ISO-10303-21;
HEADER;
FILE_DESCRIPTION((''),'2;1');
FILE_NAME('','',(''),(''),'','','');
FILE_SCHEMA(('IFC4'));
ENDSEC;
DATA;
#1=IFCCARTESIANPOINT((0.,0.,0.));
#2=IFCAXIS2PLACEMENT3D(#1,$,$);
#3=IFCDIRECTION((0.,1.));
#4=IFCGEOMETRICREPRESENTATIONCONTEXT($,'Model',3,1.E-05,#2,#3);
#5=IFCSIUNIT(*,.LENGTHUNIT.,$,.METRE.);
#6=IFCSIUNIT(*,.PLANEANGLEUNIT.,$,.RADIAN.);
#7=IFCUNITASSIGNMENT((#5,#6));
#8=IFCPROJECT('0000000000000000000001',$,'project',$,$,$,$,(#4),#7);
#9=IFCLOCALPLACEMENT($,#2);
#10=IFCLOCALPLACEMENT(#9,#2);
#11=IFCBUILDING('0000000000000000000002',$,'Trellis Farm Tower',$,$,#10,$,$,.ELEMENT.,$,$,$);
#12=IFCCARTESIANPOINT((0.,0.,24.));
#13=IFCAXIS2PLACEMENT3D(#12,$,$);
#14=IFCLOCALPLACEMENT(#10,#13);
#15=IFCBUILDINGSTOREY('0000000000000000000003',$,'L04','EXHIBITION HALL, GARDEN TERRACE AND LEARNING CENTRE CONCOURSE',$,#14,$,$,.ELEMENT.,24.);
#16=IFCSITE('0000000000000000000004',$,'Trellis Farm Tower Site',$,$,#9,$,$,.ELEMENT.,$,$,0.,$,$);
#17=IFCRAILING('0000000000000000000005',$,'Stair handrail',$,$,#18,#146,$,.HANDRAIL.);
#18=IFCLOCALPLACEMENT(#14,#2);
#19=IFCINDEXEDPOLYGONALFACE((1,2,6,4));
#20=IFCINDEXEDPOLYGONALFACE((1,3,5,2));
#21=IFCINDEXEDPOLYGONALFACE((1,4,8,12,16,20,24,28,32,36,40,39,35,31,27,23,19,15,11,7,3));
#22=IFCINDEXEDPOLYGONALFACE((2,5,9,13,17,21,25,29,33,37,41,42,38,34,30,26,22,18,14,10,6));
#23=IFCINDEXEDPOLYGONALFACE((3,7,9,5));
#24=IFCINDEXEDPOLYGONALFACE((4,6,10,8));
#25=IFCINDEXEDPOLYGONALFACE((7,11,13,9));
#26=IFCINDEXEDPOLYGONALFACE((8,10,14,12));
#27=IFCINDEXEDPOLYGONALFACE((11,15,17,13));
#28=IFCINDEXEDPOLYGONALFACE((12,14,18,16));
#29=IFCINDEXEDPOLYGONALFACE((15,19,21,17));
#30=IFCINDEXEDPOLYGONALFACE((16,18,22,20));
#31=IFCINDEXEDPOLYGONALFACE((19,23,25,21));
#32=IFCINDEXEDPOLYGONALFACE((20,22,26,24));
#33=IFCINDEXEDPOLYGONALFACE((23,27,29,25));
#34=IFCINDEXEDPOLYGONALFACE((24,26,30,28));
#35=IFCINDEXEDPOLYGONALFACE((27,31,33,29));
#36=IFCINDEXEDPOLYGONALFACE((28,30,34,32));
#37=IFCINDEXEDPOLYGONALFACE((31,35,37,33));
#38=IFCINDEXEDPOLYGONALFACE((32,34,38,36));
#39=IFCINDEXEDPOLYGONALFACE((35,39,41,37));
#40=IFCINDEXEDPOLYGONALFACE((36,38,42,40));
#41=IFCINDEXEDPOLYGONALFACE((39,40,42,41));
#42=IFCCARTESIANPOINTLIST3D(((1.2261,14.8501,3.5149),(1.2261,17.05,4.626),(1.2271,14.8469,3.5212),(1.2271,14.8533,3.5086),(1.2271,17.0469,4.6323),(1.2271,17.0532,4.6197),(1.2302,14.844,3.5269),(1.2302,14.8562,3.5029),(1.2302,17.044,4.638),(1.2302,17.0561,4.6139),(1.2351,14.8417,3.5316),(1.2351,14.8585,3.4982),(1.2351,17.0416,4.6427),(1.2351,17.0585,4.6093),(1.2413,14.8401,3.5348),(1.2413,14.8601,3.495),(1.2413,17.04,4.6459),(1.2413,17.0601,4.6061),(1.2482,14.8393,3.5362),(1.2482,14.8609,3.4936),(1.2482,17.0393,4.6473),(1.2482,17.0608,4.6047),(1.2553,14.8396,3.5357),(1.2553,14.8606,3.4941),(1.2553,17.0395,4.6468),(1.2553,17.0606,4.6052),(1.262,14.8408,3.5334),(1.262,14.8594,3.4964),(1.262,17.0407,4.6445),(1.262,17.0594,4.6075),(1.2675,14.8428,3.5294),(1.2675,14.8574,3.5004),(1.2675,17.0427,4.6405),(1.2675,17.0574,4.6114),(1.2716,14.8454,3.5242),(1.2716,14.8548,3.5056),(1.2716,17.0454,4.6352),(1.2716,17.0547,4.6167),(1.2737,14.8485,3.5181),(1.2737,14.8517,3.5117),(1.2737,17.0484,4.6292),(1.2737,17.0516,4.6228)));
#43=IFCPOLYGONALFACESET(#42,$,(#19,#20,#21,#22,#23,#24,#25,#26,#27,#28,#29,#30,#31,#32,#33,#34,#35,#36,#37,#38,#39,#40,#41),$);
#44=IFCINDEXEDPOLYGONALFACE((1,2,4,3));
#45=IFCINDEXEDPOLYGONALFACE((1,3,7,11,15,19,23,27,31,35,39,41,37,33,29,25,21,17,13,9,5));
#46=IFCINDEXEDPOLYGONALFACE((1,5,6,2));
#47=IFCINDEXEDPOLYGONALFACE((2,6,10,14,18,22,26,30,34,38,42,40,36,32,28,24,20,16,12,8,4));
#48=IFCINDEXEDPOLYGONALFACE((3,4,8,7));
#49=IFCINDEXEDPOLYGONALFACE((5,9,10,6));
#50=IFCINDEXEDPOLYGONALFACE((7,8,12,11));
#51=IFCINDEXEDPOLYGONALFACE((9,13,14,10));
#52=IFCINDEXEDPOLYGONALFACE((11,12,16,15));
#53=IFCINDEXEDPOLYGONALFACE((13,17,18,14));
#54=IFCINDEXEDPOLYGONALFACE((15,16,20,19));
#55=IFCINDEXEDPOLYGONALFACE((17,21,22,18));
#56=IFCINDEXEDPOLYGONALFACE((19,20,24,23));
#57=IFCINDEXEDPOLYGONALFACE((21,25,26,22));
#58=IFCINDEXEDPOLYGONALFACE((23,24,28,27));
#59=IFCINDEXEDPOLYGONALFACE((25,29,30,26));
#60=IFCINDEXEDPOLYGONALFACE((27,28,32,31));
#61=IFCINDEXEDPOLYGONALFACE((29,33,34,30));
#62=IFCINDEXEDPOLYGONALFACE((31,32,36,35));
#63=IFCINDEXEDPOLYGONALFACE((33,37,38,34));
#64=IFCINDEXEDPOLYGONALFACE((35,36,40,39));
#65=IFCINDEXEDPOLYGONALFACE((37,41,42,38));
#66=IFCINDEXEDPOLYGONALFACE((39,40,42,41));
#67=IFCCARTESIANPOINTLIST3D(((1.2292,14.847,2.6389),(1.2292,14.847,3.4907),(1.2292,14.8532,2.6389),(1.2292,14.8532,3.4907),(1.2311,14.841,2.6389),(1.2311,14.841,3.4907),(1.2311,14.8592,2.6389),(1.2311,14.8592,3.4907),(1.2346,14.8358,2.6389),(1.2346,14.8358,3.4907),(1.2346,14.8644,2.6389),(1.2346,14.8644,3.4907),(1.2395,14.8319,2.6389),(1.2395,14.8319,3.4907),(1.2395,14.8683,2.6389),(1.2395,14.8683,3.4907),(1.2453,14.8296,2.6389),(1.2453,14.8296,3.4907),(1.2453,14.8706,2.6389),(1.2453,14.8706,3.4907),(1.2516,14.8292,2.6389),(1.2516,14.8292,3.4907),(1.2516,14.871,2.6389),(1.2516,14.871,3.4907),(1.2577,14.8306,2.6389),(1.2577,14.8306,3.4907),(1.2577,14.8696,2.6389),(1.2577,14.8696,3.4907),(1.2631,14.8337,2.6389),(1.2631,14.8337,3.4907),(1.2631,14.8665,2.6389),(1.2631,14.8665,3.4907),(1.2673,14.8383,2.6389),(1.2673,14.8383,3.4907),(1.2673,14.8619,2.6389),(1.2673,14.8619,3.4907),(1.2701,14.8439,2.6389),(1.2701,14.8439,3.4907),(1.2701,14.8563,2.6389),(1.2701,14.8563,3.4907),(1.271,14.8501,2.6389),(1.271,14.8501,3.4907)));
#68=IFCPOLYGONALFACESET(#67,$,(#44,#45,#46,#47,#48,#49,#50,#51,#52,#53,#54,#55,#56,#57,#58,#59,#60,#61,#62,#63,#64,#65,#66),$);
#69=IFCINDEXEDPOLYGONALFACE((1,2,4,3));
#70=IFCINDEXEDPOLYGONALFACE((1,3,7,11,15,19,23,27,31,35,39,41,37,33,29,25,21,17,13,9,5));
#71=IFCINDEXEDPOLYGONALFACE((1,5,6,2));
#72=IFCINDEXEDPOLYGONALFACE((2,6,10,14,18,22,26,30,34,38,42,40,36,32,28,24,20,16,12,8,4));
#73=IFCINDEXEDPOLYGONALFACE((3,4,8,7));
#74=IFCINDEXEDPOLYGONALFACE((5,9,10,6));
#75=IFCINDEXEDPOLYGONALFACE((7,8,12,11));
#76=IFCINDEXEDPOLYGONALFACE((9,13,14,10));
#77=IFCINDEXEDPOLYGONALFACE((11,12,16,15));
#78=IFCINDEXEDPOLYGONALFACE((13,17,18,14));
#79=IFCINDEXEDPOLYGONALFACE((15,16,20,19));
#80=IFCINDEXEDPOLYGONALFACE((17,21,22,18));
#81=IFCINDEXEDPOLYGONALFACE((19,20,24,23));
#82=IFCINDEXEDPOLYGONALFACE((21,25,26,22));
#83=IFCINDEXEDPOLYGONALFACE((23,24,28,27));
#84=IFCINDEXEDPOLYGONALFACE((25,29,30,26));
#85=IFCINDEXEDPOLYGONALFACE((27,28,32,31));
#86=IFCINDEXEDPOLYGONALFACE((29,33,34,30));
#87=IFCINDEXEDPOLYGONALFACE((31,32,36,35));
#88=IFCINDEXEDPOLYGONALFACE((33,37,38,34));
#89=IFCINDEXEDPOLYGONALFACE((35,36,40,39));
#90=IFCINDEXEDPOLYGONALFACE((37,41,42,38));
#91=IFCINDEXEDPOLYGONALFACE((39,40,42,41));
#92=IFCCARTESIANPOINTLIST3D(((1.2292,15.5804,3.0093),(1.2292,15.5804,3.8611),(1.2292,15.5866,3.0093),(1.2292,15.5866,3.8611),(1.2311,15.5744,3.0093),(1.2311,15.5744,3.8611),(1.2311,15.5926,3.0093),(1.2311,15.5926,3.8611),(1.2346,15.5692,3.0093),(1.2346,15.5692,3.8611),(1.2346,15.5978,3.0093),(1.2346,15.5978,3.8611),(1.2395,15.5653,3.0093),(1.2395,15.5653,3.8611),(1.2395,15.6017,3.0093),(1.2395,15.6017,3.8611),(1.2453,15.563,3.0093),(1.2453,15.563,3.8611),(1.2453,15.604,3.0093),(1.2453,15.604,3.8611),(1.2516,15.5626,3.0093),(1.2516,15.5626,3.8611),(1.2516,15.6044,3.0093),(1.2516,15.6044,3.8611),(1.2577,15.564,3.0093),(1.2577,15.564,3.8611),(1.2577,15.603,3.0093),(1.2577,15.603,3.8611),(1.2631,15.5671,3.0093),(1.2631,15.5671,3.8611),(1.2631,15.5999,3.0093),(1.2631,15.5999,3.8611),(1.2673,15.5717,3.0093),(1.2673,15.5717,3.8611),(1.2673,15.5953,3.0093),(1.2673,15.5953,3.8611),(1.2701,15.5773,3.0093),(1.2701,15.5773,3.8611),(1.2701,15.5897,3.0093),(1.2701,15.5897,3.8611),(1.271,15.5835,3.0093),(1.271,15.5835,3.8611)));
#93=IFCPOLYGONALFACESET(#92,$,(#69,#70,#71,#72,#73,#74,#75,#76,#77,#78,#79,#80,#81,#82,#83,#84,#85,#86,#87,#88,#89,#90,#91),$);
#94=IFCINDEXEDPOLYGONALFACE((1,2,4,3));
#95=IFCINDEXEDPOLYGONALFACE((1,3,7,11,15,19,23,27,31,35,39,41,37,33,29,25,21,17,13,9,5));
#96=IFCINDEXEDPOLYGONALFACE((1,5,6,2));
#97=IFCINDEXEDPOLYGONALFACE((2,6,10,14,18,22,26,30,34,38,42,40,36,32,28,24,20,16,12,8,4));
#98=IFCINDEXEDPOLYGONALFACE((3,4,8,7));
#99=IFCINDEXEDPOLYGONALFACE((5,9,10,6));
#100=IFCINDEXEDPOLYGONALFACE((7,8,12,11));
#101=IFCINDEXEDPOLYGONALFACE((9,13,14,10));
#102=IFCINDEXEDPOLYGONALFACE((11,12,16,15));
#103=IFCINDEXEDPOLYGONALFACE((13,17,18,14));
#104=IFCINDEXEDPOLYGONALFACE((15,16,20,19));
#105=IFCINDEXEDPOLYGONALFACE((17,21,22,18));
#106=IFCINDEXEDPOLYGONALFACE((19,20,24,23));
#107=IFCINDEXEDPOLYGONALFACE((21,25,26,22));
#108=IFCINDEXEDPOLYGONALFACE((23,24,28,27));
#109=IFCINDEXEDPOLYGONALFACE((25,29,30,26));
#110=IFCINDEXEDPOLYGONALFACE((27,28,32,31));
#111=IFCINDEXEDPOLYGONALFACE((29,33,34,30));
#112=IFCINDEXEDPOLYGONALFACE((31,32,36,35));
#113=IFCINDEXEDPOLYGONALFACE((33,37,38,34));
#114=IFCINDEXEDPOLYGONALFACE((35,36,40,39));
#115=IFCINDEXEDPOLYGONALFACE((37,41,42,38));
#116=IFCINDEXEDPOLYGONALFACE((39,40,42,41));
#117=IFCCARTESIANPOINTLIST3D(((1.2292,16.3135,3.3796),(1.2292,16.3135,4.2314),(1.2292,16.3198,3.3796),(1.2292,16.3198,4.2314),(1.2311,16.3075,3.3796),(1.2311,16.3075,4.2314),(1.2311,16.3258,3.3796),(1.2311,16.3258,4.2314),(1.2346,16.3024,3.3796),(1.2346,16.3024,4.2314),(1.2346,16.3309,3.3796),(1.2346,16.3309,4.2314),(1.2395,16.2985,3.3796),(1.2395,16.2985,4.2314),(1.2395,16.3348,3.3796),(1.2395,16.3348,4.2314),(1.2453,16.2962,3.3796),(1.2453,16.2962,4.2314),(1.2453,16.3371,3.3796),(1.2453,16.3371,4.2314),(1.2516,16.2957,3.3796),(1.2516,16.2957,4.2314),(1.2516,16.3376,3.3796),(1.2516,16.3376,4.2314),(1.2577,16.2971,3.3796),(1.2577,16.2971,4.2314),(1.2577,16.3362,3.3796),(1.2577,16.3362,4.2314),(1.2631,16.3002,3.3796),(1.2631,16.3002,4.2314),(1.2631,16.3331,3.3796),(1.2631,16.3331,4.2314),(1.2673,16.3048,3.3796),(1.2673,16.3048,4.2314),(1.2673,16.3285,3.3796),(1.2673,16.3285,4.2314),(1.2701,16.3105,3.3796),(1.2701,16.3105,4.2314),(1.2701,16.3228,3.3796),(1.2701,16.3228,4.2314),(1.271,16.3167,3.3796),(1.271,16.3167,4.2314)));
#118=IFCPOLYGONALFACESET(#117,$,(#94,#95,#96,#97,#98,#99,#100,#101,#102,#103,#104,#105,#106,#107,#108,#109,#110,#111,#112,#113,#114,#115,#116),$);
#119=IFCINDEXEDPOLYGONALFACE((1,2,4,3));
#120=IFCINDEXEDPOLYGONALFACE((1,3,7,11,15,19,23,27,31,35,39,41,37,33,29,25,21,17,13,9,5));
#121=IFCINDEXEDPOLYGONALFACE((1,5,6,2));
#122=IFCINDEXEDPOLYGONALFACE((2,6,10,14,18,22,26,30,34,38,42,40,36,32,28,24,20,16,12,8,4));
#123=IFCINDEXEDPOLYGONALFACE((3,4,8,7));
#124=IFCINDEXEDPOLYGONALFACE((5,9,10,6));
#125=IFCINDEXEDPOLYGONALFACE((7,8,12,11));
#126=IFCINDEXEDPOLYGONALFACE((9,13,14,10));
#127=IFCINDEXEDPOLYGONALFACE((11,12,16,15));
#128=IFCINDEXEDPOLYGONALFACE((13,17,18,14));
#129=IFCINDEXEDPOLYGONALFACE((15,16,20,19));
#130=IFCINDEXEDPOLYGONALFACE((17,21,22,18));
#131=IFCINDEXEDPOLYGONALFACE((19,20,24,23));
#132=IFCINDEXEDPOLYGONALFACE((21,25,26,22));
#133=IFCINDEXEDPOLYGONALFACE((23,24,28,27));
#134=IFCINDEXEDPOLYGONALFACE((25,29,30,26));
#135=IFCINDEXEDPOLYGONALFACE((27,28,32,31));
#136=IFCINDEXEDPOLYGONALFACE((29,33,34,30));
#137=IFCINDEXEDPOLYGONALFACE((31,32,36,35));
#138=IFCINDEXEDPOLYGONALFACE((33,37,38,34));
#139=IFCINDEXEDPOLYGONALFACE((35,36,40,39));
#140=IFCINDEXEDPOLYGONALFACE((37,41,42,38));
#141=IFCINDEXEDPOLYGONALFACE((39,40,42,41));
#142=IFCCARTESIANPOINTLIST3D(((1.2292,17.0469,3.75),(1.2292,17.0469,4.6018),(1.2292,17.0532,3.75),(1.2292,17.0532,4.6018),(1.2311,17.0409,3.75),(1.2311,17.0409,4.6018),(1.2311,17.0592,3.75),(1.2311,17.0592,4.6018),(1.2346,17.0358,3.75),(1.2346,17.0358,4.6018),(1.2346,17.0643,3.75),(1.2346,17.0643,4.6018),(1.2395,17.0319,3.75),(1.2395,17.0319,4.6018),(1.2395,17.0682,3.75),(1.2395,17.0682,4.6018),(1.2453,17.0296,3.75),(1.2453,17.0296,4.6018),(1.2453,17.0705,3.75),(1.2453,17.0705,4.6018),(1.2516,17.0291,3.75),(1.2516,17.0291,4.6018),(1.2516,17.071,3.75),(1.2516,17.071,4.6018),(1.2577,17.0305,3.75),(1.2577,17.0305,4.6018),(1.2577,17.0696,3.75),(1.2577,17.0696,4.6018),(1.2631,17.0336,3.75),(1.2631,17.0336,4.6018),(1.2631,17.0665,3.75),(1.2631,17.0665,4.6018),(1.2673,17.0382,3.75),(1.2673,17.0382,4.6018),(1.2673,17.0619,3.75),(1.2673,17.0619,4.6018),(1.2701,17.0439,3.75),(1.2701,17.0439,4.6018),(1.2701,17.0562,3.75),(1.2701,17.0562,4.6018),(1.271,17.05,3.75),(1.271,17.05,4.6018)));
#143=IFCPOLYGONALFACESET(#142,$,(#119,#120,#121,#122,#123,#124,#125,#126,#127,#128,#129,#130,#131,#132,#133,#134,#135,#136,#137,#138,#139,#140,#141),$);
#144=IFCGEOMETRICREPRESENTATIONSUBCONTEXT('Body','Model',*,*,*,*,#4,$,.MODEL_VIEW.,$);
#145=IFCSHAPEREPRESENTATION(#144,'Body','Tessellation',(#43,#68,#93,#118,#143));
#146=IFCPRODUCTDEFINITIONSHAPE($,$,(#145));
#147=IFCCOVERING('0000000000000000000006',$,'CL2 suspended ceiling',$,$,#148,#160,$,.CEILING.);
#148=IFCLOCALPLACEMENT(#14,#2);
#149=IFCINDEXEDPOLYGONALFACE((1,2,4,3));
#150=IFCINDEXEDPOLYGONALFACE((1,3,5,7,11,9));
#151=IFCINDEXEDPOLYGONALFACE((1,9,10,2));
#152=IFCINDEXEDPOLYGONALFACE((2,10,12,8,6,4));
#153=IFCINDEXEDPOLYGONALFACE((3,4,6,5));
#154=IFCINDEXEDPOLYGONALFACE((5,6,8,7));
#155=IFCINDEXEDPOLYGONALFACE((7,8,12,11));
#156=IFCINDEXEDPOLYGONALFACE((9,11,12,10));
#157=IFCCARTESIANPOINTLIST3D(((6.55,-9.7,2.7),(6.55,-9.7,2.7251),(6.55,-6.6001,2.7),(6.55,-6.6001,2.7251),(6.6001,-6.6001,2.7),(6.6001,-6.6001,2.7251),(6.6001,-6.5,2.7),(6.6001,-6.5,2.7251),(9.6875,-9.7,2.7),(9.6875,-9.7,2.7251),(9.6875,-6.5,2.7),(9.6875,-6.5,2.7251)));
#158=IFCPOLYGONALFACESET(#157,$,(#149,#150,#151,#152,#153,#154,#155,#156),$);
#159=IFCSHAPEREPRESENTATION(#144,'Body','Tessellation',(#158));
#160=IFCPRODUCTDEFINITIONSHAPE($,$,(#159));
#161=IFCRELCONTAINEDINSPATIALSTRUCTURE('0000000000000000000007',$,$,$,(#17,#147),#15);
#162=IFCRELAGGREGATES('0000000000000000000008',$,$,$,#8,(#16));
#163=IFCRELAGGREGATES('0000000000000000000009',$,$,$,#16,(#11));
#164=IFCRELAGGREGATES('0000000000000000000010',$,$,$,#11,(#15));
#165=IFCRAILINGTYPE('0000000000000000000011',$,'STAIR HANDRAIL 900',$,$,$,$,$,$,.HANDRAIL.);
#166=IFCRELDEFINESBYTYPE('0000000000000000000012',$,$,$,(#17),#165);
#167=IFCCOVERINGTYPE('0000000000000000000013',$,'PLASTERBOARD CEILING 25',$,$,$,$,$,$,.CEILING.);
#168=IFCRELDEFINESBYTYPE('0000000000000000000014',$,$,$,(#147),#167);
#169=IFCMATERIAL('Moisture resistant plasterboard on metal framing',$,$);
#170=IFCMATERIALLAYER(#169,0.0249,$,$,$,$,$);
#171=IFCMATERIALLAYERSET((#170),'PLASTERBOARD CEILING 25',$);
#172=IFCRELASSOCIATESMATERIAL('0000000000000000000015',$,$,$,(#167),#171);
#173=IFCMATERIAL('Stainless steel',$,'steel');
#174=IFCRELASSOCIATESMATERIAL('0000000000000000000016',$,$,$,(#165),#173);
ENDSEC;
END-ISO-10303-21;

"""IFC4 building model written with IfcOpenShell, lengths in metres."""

from ifc_helpers import new_model, si_unit, direction, frame, origin, origin_2d, place, context, subcontext, project, spatial, polyline, circle, outline, extrude, source, transform, mapped, material, layer, layer_set, type_object, element, save


model = new_model("IFC4")

# Units and contexts
model_context = context("Model", 3, precision=1e-05, world=origin(), true_north=direction((0.0, 1.0)))
body_context = subcontext(model_context, "Body", "Model", "MODEL_VIEW")
ifc_project = project(units=[si_unit("LENGTHUNIT", "METRE"), si_unit("PLANEANGLEUNIT", "RADIAN")], contexts=[model_context])

# Site, building, storey
site_placement = place(None, origin())
site = spatial("IfcSite", under=ifc_project, at=site_placement, Name="Trellis Farm Tower Site", CompositionType="ELEMENT", RefElevation=0.0)
building_placement = place(site_placement, origin())
building = spatial("IfcBuilding", under=site, at=building_placement, Name="Trellis Farm Tower", CompositionType="ELEMENT")
storey_placement = place(building_placement, frame((0.0, 0.0, 24.0)))
storey = spatial("IfcBuildingStorey", under=building, at=storey_placement, Name="L04", Description="EXHIBITION HALL, GARDEN TERRACE AND LEARNING CENTRE CONCOURSE", CompositionType="ELEMENT", Elevation=24.0)

# Shared definitions
placement_1 = place(storey_placement, frame((0.0, 0.0, 2.7)))
ifc_material_1 = material(Name="Moisture resistant plasterboard on metal framing")
ifc_layer_1 = layer(ifc_material_1, 0.0249)
ifc_layer_set_1 = layer_set([ifc_layer_1], Name="PLASTERBOARD CEILING 25")
covering_type_1 = type_object("IfcCoveringType", Name="PLASTERBOARD CEILING 25", PredefinedType="CEILING", material=ifc_layer_set_1)

# Railing
ifc_material_2 = material(Name="Stainless steel", Category="steel")
railing_type = type_object("IfcRailingType", Name="STAIR HANDRAIL 900", PredefinedType="HANDRAIL", material=ifc_material_2)
shared_shape_1 = source(origin(), body_context, "Body", "SweptSolid", [
    extrude(circle(Radius=0.0239, at=origin_2d()), frame((0.0, 0.0, 0.876), z_axis=(0.0, 0.892617, 0.450816), x_axis=(-1.0, 0.0, 0.0)), (0.0, 0.0, 1.0), 2.4646),
    extrude(circle(Radius=0.021, at=origin_2d()), origin(), (0.0, 0.0, 1.0), 0.8518),
    extrude(circle(Radius=0.021, at=origin_2d()), frame((0.0, 0.7334, 0.3704)), (0.0, 0.0, 1.0), 0.8518),
    extrude(circle(Radius=0.021, at=origin_2d()), frame((0.0, 1.4666, 0.7407)), (0.0, 0.0, 1.0), 0.8518),
    extrude(circle(Radius=0.021, at=origin_2d()), frame((0.0, 2.2, 1.1111)), (0.0, 0.0, 1.0), 0.8518),
])
for number, where, name in (
    (1, (1.25, 14.8501, 2.6389), "Stair handrail"),
):
    element("IfcRailing", number, at=place(storey_placement, frame(where)), inside=storey, type_object=railing_type, Name=name, PredefinedType="HANDRAIL", context=body_context, shape_type="MappedRepresentation", body=[
        mapped(shared_shape_1, transform((0.0, 0.0, 0.0))),
    ])

# Covering
shared_shape_2 = source(origin(), body_context, "Body", "SweptSolid", [
    extrude(outline(polyline([(6.55, -9.7), (6.55, -6.6001), (6.6001, -6.6001), (6.6001, -6.5), (9.6875, -6.5), (9.6875, -9.7), (6.55, -9.7)])), origin(), (0.0, 0.0, 1.0), 0.0251),
])
element("IfcCovering", 2, at=placement_1, inside=storey, type_object=covering_type_1, Name="CL2 suspended ceiling", PredefinedType="CEILING", context=body_context, shape_type="MappedRepresentation", body=[
    mapped(shared_shape_2, transform((0.0, 0.0, 0.0))),
])

save(model, "model.ifc")
